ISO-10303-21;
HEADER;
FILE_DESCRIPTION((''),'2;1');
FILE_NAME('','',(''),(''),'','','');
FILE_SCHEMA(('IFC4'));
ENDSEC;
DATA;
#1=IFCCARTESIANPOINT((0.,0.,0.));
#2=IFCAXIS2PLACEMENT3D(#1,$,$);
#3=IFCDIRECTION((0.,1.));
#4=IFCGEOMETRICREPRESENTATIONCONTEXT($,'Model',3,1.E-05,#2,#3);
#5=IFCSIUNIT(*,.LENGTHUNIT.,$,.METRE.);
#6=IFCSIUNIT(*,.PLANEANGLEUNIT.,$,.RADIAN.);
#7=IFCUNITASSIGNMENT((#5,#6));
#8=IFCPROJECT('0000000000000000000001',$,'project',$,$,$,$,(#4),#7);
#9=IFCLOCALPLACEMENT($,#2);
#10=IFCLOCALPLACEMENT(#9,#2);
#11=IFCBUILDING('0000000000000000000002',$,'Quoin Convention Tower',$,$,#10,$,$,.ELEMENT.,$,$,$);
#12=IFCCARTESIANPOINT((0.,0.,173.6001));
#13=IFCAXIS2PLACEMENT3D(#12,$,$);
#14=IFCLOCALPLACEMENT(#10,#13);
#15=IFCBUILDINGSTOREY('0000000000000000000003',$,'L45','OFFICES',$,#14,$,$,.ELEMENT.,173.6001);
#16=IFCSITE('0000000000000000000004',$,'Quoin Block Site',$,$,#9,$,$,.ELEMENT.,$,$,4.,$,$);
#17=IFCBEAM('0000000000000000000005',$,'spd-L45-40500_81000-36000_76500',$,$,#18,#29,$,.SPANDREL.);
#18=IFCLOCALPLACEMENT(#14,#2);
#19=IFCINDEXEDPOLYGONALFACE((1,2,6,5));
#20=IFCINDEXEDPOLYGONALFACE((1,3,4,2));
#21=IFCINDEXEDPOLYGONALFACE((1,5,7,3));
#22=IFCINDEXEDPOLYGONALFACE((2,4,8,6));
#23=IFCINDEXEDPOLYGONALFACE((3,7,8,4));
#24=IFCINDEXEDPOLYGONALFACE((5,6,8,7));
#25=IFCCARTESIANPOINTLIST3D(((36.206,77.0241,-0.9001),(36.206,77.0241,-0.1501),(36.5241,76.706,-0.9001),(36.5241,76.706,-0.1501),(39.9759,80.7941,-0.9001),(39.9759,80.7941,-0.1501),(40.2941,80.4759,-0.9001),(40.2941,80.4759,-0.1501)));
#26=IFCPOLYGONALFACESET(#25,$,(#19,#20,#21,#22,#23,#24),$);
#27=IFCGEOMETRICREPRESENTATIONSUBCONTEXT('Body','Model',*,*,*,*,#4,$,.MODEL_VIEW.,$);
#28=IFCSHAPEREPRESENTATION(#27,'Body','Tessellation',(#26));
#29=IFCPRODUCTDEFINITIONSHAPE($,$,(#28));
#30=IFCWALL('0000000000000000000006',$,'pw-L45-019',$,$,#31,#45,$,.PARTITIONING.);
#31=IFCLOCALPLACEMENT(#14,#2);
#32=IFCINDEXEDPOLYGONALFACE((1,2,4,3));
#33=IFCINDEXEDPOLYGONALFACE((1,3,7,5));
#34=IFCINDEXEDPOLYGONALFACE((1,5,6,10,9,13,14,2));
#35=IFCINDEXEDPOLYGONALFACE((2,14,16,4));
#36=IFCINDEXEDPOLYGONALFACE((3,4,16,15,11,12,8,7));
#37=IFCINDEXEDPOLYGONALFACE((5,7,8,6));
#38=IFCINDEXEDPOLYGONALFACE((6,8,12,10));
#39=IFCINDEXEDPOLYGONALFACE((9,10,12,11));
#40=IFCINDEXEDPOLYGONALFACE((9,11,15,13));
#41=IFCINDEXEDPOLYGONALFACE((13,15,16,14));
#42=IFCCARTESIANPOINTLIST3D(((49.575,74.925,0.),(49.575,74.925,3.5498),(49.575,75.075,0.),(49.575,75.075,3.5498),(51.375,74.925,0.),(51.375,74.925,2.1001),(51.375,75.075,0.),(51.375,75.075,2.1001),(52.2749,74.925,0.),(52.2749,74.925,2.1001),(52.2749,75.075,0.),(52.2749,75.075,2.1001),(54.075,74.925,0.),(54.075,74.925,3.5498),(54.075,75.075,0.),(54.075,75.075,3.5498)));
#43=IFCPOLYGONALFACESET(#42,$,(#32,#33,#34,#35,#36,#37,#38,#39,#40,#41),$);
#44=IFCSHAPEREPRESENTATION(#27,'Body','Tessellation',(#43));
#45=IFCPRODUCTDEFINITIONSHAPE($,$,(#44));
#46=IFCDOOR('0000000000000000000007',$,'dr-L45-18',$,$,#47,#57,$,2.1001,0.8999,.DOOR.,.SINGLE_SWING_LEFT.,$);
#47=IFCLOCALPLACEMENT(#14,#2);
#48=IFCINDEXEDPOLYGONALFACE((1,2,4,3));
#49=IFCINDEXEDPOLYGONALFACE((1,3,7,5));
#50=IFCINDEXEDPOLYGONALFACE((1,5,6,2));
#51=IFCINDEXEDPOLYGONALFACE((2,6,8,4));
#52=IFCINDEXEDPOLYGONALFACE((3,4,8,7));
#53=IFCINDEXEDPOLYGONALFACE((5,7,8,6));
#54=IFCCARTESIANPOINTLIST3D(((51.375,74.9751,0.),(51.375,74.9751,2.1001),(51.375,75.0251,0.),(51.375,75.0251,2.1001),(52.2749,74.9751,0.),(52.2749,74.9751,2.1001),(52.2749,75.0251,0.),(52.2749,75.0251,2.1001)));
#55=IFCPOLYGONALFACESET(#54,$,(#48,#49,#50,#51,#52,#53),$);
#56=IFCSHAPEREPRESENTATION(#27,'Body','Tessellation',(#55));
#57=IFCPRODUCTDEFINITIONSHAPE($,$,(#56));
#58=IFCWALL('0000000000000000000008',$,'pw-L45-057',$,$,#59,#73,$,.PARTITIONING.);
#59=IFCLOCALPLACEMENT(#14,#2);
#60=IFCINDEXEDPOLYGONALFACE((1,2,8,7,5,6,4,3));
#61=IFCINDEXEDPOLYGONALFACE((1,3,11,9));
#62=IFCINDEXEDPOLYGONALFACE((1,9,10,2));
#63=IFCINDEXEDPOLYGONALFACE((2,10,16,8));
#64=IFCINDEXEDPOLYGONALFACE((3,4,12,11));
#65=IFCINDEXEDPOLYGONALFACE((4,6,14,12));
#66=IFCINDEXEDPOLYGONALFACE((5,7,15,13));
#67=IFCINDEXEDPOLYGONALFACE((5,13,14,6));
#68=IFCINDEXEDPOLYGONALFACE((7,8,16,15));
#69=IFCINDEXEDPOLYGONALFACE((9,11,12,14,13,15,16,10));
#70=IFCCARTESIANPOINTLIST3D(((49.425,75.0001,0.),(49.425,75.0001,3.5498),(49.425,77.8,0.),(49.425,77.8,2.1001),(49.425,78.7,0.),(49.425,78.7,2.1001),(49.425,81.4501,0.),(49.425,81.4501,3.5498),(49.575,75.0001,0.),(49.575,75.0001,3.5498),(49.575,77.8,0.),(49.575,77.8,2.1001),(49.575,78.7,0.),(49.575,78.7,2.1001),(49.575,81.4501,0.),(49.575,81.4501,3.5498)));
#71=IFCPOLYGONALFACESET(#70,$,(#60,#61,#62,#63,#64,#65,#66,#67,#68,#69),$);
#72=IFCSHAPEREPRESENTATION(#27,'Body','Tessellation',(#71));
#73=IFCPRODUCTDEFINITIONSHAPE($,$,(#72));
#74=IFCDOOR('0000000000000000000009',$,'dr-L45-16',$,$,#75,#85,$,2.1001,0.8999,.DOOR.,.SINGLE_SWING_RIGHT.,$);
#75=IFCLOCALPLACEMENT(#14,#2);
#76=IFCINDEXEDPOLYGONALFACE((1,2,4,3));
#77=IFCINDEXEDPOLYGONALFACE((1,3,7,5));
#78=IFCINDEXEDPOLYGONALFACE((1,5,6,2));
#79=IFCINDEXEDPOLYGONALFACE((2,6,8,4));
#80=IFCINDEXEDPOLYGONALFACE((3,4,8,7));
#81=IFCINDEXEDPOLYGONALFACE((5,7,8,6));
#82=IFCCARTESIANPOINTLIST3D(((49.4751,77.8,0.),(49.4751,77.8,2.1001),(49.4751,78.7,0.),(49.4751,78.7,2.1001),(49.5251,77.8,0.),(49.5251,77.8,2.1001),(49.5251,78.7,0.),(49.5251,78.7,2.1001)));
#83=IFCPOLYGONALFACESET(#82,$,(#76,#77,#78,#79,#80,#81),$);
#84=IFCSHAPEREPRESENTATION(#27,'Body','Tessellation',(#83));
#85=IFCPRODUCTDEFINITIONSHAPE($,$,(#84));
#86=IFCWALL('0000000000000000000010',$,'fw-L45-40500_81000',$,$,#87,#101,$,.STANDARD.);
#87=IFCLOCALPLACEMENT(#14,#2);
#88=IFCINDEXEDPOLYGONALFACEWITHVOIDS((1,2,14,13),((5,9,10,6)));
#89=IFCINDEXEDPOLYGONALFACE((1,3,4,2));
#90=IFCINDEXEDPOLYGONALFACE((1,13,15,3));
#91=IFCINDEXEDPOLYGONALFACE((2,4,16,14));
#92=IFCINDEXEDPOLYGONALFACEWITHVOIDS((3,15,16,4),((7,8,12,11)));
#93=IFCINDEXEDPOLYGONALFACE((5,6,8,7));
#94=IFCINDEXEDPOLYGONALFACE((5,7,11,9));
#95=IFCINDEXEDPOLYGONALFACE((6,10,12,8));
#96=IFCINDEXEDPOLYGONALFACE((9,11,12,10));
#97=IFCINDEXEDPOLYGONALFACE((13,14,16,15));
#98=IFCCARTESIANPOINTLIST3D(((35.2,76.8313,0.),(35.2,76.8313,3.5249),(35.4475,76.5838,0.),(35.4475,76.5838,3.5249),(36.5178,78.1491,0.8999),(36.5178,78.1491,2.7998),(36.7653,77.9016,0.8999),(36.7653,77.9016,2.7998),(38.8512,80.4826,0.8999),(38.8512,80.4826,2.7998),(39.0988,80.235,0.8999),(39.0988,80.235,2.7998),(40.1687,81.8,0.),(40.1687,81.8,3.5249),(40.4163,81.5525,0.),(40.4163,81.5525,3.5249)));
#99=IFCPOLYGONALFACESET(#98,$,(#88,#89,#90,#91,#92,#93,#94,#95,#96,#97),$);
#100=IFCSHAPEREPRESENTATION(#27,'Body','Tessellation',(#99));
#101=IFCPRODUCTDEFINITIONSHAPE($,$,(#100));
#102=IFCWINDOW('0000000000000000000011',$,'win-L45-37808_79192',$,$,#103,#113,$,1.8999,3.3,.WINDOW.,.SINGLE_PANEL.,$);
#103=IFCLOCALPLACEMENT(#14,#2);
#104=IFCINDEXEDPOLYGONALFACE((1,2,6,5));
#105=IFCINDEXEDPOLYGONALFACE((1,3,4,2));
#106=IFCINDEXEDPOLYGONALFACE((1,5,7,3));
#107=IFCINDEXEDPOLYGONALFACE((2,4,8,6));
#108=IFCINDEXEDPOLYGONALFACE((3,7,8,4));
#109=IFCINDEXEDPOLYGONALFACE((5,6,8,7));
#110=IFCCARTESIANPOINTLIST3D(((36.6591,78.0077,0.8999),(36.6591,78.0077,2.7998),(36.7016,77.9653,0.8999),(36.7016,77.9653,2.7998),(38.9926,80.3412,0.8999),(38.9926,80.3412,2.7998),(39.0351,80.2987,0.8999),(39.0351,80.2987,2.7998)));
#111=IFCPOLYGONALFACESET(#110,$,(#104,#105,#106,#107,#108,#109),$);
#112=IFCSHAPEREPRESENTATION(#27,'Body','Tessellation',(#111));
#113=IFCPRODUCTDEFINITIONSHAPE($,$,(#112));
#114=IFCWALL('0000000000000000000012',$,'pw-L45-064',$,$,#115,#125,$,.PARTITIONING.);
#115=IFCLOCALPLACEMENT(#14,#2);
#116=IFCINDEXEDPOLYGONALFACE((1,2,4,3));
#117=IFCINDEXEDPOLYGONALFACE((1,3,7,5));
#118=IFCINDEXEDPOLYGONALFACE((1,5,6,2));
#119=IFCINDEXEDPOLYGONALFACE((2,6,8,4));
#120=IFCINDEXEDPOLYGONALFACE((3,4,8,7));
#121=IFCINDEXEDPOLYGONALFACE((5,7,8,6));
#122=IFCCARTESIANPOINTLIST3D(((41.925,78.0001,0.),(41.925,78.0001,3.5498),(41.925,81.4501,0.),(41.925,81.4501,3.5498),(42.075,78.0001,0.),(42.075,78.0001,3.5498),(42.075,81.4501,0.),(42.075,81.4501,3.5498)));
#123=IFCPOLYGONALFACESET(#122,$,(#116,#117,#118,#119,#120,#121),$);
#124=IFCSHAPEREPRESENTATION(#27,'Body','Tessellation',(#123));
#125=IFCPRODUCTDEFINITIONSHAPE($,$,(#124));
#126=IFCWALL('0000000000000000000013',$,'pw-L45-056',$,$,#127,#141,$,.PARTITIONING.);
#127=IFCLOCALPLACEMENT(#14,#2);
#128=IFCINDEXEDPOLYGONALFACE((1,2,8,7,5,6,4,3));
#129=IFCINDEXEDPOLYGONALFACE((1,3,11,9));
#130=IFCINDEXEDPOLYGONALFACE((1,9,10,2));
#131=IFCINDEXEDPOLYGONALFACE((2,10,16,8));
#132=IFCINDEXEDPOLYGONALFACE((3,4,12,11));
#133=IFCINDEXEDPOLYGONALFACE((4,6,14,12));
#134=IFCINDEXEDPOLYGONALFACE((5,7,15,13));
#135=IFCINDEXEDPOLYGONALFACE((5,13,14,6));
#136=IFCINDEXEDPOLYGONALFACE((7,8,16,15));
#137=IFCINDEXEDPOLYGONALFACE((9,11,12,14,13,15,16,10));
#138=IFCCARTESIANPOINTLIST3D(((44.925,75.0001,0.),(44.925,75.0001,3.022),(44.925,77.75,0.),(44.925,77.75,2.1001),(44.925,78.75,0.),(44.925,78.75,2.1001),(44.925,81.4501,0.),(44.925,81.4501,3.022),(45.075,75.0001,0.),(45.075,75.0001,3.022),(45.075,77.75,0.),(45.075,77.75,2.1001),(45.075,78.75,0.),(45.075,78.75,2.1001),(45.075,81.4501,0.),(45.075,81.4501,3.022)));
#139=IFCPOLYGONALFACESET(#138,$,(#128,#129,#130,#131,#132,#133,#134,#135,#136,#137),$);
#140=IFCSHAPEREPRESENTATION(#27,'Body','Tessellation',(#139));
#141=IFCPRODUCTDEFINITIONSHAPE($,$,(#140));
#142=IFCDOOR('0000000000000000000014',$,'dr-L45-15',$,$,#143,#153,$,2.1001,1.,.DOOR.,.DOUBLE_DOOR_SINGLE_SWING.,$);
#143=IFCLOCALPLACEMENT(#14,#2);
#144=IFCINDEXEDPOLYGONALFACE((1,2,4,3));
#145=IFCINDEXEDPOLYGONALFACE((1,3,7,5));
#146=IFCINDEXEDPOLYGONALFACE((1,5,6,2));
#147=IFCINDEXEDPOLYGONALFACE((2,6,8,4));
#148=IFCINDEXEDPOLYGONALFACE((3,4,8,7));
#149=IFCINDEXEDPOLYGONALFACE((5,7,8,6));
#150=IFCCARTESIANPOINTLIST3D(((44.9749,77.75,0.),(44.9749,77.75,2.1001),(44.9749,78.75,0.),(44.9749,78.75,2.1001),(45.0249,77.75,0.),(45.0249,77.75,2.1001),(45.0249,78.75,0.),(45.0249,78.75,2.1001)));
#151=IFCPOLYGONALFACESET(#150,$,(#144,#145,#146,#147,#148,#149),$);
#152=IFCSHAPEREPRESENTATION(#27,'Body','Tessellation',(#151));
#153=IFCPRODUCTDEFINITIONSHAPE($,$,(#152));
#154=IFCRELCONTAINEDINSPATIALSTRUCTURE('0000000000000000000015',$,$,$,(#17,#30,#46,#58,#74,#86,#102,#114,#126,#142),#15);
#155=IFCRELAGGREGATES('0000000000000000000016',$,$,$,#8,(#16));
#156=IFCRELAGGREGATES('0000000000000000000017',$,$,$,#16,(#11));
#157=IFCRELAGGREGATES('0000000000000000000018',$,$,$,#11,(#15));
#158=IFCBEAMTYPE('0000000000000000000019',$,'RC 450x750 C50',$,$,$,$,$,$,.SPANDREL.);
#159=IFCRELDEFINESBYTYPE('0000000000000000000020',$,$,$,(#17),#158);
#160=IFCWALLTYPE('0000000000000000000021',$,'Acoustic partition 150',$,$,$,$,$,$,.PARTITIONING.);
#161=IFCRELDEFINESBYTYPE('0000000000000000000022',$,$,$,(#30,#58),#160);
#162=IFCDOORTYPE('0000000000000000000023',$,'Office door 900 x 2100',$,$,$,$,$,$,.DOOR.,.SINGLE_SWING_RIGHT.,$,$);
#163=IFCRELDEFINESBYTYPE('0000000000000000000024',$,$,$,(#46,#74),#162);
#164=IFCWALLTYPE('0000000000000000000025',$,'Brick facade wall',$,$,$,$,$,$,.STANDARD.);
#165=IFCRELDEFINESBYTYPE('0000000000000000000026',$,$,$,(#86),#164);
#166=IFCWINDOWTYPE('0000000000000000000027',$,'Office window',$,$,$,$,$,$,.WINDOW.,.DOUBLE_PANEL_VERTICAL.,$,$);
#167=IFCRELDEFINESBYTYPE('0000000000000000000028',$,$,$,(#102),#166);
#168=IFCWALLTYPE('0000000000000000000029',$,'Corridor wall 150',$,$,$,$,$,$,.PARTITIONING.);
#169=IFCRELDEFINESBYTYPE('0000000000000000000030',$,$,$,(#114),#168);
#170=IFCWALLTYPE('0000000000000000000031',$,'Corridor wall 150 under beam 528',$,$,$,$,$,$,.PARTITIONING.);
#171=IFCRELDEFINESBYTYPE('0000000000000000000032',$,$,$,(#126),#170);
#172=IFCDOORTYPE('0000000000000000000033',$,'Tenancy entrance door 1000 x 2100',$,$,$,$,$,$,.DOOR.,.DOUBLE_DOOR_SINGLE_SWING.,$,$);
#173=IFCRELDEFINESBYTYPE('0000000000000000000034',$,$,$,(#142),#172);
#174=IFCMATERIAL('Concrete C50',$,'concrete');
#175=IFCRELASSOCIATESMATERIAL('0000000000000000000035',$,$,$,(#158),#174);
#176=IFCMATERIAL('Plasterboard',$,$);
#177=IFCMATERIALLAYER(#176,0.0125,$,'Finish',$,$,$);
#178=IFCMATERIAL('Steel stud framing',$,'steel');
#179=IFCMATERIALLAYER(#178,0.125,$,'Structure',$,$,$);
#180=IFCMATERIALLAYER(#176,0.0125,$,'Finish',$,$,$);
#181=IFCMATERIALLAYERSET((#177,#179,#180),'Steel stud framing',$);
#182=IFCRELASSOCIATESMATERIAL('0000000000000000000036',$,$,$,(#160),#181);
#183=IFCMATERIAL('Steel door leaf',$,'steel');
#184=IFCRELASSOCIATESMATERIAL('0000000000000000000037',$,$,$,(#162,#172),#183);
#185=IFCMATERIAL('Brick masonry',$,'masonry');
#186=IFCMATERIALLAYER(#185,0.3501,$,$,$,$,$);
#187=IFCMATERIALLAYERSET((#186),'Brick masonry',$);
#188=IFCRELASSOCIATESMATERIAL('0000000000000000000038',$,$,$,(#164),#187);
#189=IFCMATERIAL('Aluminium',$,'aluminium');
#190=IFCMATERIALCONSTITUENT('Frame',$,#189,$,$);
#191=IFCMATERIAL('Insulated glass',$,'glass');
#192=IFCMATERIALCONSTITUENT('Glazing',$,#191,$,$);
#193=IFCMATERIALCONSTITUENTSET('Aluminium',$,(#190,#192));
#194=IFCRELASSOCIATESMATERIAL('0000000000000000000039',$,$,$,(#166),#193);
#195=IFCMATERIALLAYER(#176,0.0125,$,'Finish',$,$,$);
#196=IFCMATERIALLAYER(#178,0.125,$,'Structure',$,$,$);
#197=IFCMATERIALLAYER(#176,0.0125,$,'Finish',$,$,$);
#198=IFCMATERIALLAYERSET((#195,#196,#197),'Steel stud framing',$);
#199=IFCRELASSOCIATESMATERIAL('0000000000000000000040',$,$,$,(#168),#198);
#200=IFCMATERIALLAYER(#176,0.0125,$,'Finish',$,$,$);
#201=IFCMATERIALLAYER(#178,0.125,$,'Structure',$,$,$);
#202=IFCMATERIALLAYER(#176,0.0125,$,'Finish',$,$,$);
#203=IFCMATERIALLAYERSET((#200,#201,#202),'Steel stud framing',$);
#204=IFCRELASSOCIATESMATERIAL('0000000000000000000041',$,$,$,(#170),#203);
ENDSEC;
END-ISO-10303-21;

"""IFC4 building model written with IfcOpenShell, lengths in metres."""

from ifc_helpers import new_model, si_unit, direction, frame, frame_2d, origin, origin_2d, place, context, subcontext, project, spatial, rectangle, extrude, material, layer, layer_set, constituent, constituent_set, material_profile, profile_set, type_object, element, fill, save


model = new_model("IFC4")

# Units and contexts
model_context = context("Model", 3, precision=1e-05, world=origin(), true_north=direction((0.0, 1.0)))
body_context = subcontext(model_context, "Body", "Model", "MODEL_VIEW")
ifc_project = project(units=[si_unit("LENGTHUNIT", "METRE"), si_unit("PLANEANGLEUNIT", "RADIAN")], contexts=[model_context])

# Site, building, storey
site_placement = place(None, origin())
site = spatial("IfcSite", under=ifc_project, at=site_placement, Name="Quoin Block Site", CompositionType="ELEMENT", RefElevation=4.0)
building_placement = place(site_placement, origin())
building = spatial("IfcBuilding", under=site, at=building_placement, Name="Quoin Convention Tower", CompositionType="ELEMENT")
storey_placement = place(building_placement, frame((0.0, 0.0, 173.6001)))
storey = spatial("IfcBuildingStorey", under=building, at=storey_placement, Name="L45", Description="OFFICES", CompositionType="ELEMENT", Elevation=173.6001)

# Shared definitions
ifc_material_1 = material(Name="Concrete C50", Category="concrete")

# Beam
ifc_material_profile_1 = material_profile(ifc_material_1, rectangle(XDim=0.45, YDim=0.75, at=origin_2d()), Name="RC 450x750")
ifc_profile_set_1 = profile_set([ifc_material_profile_1], Name="Concrete C50")
beam_type_1 = type_object("IfcBeamType", Name="RC 450x750 C50", PredefinedType="SPANDREL", material=ifc_profile_set_1)
beam_1_placement = place(storey_placement, frame((40.135, 80.635, -0.5251), z_axis=(-0.707107, -0.707107, 0.0), x_axis=(0.707107, -0.707107, 0.0)))
element("IfcBeam", 1, at=beam_1_placement, inside=storey, type_object=beam_type_1, Name="spd-L45-40500_81000-36000_76500", PredefinedType="SPANDREL", context=body_context, shape_type="SweptSolid", body=[
    extrude(rectangle(XDim=0.45, YDim=0.75, at=origin_2d()), origin(), (0.0, 0.0, 1.0), 5.3315),
])

# Walls, openings, doors
ifc_material_2 = material(Name="Plasterboard")
ifc_layer_1 = layer(ifc_material_2, 0.0125, Name="Finish")
ifc_material_3 = material(Name="Steel stud framing", Category="steel")
ifc_layer_2 = layer(ifc_material_3, 0.125, Name="Structure")
ifc_layer_3 = layer(ifc_material_2, 0.0125, Name="Finish")
ifc_layer_set_1 = layer_set([ifc_layer_1, ifc_layer_2, ifc_layer_3], Name="Steel stud framing")
wall_type_1 = type_object("IfcWallType", Name="Acoustic partition 150", PredefinedType="PARTITIONING", material=ifc_layer_set_1)
wall_1_placement = place(storey_placement, frame((49.575, 75.0, 0.0), z_axis=(0.0, 0.0, 1.0), x_axis=(1.0, 0.0, 0.0)))
wall_1 = element("IfcWall", 2, at=wall_1_placement, inside=storey, type_object=wall_type_1, Name="pw-L45-019", PredefinedType="PARTITIONING", context=body_context, shape_type="SweptSolid", body=[
    extrude(rectangle(XDim=4.5, YDim=0.1499, at=frame_2d((2.25, 0.0))), origin(), (0.0, 0.0, 1.0), 3.5498),
])
opening_1_placement = place(wall_1_placement, frame((1.8, 0.0, 0.0)))
opening_1 = element("IfcOpeningElement", 3, at=opening_1_placement, cuts=wall_1, PredefinedType="OPENING", context=body_context, shape_type="SweptSolid", body=[
    extrude(rectangle(XDim=0.8999, YDim=2.1001, at=frame_2d((0.45, 1.05))), frame((0.0, 0.085, 0.0), z_axis=(0.0, -1.0, 0.0), x_axis=(1.0, 0.0, 0.0)), (0.0, 0.0, 1.0), 0.1699),
])
ifc_material_4 = material(Name="Steel door leaf", Category="steel")
door_type_1 = type_object("IfcDoorType", Name="Office door 900 x 2100", OperationType="SINGLE_SWING_RIGHT", PredefinedType="DOOR", material=ifc_material_4)
door_1_placement = place(opening_1_placement, frame((0.8999, 0.0, 0.0), z_axis=(0.0, 0.0, 1.0), x_axis=(-1.0, 0.0, 0.0)))
door_1 = element("IfcDoor", 4, at=door_1_placement, inside=storey, type_object=door_type_1, Name="dr-L45-18", OperationType="SINGLE_SWING_LEFT", OverallHeight=2.1001, OverallWidth=0.8999, PredefinedType="DOOR", context=body_context, shape_type="SweptSolid", body=[
    extrude(rectangle(XDim=0.8999, YDim=2.1001, at=frame_2d((0.45, 1.05))), frame((0.0, 0.0249, 0.0), z_axis=(0.0, -1.0, 0.0), x_axis=(1.0, 0.0, 0.0)), (0.0, 0.0, 1.0), 0.05),
])
fill(opening_1, door_1)
wall_2_placement = place(storey_placement, frame((49.5, 75.0, 0.0), z_axis=(0.0, 0.0, 1.0), x_axis=(0.0, 1.0, 0.0)))
wall_2 = element("IfcWall", 5, at=wall_2_placement, inside=storey, type_object=wall_type_1, Name="pw-L45-057", PredefinedType="PARTITIONING", context=body_context, shape_type="SweptSolid", body=[
    extrude(rectangle(XDim=6.45, YDim=0.1499, at=frame_2d((3.2251, 0.0))), origin(), (0.0, 0.0, 1.0), 3.5498),
])
opening_2_placement = place(wall_2_placement, frame((2.8, 0.0, 0.0)))
opening_2 = element("IfcOpeningElement", 6, at=opening_2_placement, cuts=wall_2, PredefinedType="OPENING", context=body_context, shape_type="SweptSolid", body=[
    extrude(rectangle(XDim=0.8999, YDim=2.1001, at=frame_2d((0.45, 1.05))), frame((0.0, 0.085, 0.0), z_axis=(0.0, -1.0, 0.0), x_axis=(1.0, 0.0, 0.0)), (0.0, 0.0, 1.0), 0.1699),
])
door_2_placement = place(opening_2_placement, origin())
door_2 = element("IfcDoor", 7, at=door_2_placement, inside=storey, type_object=door_type_1, Name="dr-L45-16", OperationType="SINGLE_SWING_RIGHT", OverallHeight=2.1001, OverallWidth=0.8999, PredefinedType="DOOR", context=body_context, shape_type="SweptSolid", body=[
    extrude(rectangle(XDim=0.8999, YDim=2.1001, at=frame_2d((0.45, 1.05))), frame((0.0, 0.0249, 0.0), z_axis=(0.0, -1.0, 0.0), x_axis=(1.0, 0.0, 0.0)), (0.0, 0.0, 1.0), 0.05),
])
fill(opening_2, door_2)

# Wall, opening, window
ifc_material_5 = material(Name="Brick masonry", Category="masonry")
ifc_layer_4 = layer(ifc_material_5, 0.3501)
ifc_layer_set_2 = layer_set([ifc_layer_4], Name="Brick masonry")
wall_type_2 = type_object("IfcWallType", Name="Brick facade wall", PredefinedType="STANDARD", material=ifc_layer_set_2)
wall_3_placement = place(storey_placement, frame((40.2925, 81.6763, 0.0), z_axis=(0.0, 0.0, 1.0), x_axis=(-0.707107, -0.707107, 0.0)))
wall_3 = element("IfcWall", 8, at=wall_3_placement, inside=storey, type_object=wall_type_2, Name="fw-L45-40500_81000", PredefinedType="STANDARD", context=body_context, shape_type="SweptSolid", body=[
    extrude(rectangle(XDim=7.0269, YDim=0.3501, at=frame_2d((3.5134, 0.0))), origin(), (0.0, 0.0, 1.0), 3.5249),
])
opening_3_placement = place(wall_3_placement, frame((1.8633, 0.0, 0.8999)))
opening_3 = element("IfcOpeningElement", 9, at=opening_3_placement, cuts=wall_3, PredefinedType="OPENING", context=body_context, shape_type="SweptSolid", body=[
    extrude(rectangle(XDim=3.3, YDim=1.8999, at=frame_2d((1.6499, 0.95))), frame((0.0, 0.1851, 0.0), z_axis=(0.0, -1.0, 0.0), x_axis=(1.0, 0.0, 0.0)), (0.0, 0.0, 1.0), 0.3701),
])
ifc_material_6 = material(Name="Aluminium", Category="aluminium")
ifc_constituent_1 = constituent(ifc_material_6, Name="Frame")
ifc_material_7 = material(Name="Insulated glass", Category="glass")
ifc_constituent_2 = constituent(ifc_material_7, Name="Glazing")
ifc_constituent_set = constituent_set(constituents=[ifc_constituent_1, ifc_constituent_2], Name="Aluminium")
window_type = type_object("IfcWindowType", Name="Office window", PartitioningType="DOUBLE_PANEL_VERTICAL", PredefinedType="WINDOW", material=ifc_constituent_set)
window_placement = place(opening_3_placement, origin())
window = element("IfcWindow", 10, at=window_placement, inside=storey, type_object=window_type, Name="win-L45-37808_79192", OverallHeight=1.8999, OverallWidth=3.3, PartitioningType="SINGLE_PANEL", PredefinedType="WINDOW", context=body_context, shape_type="SweptSolid", body=[
    extrude(rectangle(XDim=3.3, YDim=1.8999, at=frame_2d((1.6499, 0.95))), frame((0.0, 0.085, 0.0), z_axis=(0.0, -1.0, 0.0), x_axis=(1.0, 0.0, 0.0)), (0.0, 0.0, 1.0), 0.0601),
])
fill(opening_3, window)

# Wall
ifc_layer_5 = layer(ifc_material_2, 0.0125, Name="Finish")
ifc_layer_6 = layer(ifc_material_3, 0.125, Name="Structure")
ifc_layer_7 = layer(ifc_material_2, 0.0125, Name="Finish")
ifc_layer_set_3 = layer_set([ifc_layer_5, ifc_layer_6, ifc_layer_7], Name="Steel stud framing")
wall_type_3 = type_object("IfcWallType", Name="Corridor wall 150", PredefinedType="PARTITIONING", material=ifc_layer_set_3)
wall_4_placement = place(storey_placement, frame((42.0, 78.0, 0.0), z_axis=(0.0, 0.0, 1.0), x_axis=(0.0, 1.0, 0.0)))
element("IfcWall", 11, at=wall_4_placement, inside=storey, type_object=wall_type_3, Name="pw-L45-064", PredefinedType="PARTITIONING", context=body_context, shape_type="SweptSolid", body=[
    extrude(rectangle(XDim=3.45, YDim=0.1499, at=frame_2d((1.7251, 0.0))), origin(), (0.0, 0.0, 1.0), 3.5498),
])

# Wall, opening, door
ifc_layer_8 = layer(ifc_material_2, 0.0125, Name="Finish")
ifc_layer_9 = layer(ifc_material_3, 0.125, Name="Structure")
ifc_layer_10 = layer(ifc_material_2, 0.0125, Name="Finish")
ifc_layer_set_4 = layer_set([ifc_layer_8, ifc_layer_9, ifc_layer_10], Name="Steel stud framing")
wall_type_4 = type_object("IfcWallType", Name="Corridor wall 150 under beam 528", PredefinedType="PARTITIONING", material=ifc_layer_set_4)
wall_5_placement = place(storey_placement, frame((45.0, 75.0, 0.0), z_axis=(0.0, 0.0, 1.0), x_axis=(0.0, 1.0, 0.0)))
wall_5 = element("IfcWall", 12, at=wall_5_placement, inside=storey, type_object=wall_type_4, Name="pw-L45-056", PredefinedType="PARTITIONING", context=body_context, shape_type="SweptSolid", body=[
    extrude(rectangle(XDim=6.45, YDim=0.1499, at=frame_2d((3.2251, 0.0))), origin(), (0.0, 0.0, 1.0), 3.022),
])
opening_4_placement = place(wall_5_placement, frame((2.75, 0.0, 0.0)))
opening_4 = element("IfcOpeningElement", 13, at=opening_4_placement, cuts=wall_5, PredefinedType="OPENING", context=body_context, shape_type="SweptSolid", body=[
    extrude(rectangle(XDim=1.0, YDim=2.1001, at=frame_2d((0.5, 1.05))), frame((0.0, 0.085, 0.0), z_axis=(0.0, -1.0, 0.0), x_axis=(1.0, 0.0, 0.0)), (0.0, 0.0, 1.0), 0.1699),
])
door_type_2 = type_object("IfcDoorType", Name="Tenancy entrance door 1000 x 2100", OperationType="DOUBLE_DOOR_SINGLE_SWING", PredefinedType="DOOR", material=ifc_material_4)
door_3_placement = place(opening_4_placement, frame((1.0, 0.0, 0.0), z_axis=(0.0, 0.0, 1.0), x_axis=(-1.0, 0.0, 0.0)))
door_3 = element("IfcDoor", 14, at=door_3_placement, inside=storey, type_object=door_type_2, Name="dr-L45-15", OperationType="DOUBLE_DOOR_SINGLE_SWING", OverallHeight=2.1001, OverallWidth=1.0, PredefinedType="DOOR", context=body_context, shape_type="SweptSolid", body=[
    extrude(rectangle(XDim=1.0, YDim=2.1001, at=frame_2d((0.5, 1.05))), frame((0.0, 0.0249, 0.0), z_axis=(0.0, -1.0, 0.0), x_axis=(1.0, 0.0, 0.0)), (0.0, 0.0, 1.0), 0.05),
])
fill(opening_4, door_3)

save(model, "model.ifc")
